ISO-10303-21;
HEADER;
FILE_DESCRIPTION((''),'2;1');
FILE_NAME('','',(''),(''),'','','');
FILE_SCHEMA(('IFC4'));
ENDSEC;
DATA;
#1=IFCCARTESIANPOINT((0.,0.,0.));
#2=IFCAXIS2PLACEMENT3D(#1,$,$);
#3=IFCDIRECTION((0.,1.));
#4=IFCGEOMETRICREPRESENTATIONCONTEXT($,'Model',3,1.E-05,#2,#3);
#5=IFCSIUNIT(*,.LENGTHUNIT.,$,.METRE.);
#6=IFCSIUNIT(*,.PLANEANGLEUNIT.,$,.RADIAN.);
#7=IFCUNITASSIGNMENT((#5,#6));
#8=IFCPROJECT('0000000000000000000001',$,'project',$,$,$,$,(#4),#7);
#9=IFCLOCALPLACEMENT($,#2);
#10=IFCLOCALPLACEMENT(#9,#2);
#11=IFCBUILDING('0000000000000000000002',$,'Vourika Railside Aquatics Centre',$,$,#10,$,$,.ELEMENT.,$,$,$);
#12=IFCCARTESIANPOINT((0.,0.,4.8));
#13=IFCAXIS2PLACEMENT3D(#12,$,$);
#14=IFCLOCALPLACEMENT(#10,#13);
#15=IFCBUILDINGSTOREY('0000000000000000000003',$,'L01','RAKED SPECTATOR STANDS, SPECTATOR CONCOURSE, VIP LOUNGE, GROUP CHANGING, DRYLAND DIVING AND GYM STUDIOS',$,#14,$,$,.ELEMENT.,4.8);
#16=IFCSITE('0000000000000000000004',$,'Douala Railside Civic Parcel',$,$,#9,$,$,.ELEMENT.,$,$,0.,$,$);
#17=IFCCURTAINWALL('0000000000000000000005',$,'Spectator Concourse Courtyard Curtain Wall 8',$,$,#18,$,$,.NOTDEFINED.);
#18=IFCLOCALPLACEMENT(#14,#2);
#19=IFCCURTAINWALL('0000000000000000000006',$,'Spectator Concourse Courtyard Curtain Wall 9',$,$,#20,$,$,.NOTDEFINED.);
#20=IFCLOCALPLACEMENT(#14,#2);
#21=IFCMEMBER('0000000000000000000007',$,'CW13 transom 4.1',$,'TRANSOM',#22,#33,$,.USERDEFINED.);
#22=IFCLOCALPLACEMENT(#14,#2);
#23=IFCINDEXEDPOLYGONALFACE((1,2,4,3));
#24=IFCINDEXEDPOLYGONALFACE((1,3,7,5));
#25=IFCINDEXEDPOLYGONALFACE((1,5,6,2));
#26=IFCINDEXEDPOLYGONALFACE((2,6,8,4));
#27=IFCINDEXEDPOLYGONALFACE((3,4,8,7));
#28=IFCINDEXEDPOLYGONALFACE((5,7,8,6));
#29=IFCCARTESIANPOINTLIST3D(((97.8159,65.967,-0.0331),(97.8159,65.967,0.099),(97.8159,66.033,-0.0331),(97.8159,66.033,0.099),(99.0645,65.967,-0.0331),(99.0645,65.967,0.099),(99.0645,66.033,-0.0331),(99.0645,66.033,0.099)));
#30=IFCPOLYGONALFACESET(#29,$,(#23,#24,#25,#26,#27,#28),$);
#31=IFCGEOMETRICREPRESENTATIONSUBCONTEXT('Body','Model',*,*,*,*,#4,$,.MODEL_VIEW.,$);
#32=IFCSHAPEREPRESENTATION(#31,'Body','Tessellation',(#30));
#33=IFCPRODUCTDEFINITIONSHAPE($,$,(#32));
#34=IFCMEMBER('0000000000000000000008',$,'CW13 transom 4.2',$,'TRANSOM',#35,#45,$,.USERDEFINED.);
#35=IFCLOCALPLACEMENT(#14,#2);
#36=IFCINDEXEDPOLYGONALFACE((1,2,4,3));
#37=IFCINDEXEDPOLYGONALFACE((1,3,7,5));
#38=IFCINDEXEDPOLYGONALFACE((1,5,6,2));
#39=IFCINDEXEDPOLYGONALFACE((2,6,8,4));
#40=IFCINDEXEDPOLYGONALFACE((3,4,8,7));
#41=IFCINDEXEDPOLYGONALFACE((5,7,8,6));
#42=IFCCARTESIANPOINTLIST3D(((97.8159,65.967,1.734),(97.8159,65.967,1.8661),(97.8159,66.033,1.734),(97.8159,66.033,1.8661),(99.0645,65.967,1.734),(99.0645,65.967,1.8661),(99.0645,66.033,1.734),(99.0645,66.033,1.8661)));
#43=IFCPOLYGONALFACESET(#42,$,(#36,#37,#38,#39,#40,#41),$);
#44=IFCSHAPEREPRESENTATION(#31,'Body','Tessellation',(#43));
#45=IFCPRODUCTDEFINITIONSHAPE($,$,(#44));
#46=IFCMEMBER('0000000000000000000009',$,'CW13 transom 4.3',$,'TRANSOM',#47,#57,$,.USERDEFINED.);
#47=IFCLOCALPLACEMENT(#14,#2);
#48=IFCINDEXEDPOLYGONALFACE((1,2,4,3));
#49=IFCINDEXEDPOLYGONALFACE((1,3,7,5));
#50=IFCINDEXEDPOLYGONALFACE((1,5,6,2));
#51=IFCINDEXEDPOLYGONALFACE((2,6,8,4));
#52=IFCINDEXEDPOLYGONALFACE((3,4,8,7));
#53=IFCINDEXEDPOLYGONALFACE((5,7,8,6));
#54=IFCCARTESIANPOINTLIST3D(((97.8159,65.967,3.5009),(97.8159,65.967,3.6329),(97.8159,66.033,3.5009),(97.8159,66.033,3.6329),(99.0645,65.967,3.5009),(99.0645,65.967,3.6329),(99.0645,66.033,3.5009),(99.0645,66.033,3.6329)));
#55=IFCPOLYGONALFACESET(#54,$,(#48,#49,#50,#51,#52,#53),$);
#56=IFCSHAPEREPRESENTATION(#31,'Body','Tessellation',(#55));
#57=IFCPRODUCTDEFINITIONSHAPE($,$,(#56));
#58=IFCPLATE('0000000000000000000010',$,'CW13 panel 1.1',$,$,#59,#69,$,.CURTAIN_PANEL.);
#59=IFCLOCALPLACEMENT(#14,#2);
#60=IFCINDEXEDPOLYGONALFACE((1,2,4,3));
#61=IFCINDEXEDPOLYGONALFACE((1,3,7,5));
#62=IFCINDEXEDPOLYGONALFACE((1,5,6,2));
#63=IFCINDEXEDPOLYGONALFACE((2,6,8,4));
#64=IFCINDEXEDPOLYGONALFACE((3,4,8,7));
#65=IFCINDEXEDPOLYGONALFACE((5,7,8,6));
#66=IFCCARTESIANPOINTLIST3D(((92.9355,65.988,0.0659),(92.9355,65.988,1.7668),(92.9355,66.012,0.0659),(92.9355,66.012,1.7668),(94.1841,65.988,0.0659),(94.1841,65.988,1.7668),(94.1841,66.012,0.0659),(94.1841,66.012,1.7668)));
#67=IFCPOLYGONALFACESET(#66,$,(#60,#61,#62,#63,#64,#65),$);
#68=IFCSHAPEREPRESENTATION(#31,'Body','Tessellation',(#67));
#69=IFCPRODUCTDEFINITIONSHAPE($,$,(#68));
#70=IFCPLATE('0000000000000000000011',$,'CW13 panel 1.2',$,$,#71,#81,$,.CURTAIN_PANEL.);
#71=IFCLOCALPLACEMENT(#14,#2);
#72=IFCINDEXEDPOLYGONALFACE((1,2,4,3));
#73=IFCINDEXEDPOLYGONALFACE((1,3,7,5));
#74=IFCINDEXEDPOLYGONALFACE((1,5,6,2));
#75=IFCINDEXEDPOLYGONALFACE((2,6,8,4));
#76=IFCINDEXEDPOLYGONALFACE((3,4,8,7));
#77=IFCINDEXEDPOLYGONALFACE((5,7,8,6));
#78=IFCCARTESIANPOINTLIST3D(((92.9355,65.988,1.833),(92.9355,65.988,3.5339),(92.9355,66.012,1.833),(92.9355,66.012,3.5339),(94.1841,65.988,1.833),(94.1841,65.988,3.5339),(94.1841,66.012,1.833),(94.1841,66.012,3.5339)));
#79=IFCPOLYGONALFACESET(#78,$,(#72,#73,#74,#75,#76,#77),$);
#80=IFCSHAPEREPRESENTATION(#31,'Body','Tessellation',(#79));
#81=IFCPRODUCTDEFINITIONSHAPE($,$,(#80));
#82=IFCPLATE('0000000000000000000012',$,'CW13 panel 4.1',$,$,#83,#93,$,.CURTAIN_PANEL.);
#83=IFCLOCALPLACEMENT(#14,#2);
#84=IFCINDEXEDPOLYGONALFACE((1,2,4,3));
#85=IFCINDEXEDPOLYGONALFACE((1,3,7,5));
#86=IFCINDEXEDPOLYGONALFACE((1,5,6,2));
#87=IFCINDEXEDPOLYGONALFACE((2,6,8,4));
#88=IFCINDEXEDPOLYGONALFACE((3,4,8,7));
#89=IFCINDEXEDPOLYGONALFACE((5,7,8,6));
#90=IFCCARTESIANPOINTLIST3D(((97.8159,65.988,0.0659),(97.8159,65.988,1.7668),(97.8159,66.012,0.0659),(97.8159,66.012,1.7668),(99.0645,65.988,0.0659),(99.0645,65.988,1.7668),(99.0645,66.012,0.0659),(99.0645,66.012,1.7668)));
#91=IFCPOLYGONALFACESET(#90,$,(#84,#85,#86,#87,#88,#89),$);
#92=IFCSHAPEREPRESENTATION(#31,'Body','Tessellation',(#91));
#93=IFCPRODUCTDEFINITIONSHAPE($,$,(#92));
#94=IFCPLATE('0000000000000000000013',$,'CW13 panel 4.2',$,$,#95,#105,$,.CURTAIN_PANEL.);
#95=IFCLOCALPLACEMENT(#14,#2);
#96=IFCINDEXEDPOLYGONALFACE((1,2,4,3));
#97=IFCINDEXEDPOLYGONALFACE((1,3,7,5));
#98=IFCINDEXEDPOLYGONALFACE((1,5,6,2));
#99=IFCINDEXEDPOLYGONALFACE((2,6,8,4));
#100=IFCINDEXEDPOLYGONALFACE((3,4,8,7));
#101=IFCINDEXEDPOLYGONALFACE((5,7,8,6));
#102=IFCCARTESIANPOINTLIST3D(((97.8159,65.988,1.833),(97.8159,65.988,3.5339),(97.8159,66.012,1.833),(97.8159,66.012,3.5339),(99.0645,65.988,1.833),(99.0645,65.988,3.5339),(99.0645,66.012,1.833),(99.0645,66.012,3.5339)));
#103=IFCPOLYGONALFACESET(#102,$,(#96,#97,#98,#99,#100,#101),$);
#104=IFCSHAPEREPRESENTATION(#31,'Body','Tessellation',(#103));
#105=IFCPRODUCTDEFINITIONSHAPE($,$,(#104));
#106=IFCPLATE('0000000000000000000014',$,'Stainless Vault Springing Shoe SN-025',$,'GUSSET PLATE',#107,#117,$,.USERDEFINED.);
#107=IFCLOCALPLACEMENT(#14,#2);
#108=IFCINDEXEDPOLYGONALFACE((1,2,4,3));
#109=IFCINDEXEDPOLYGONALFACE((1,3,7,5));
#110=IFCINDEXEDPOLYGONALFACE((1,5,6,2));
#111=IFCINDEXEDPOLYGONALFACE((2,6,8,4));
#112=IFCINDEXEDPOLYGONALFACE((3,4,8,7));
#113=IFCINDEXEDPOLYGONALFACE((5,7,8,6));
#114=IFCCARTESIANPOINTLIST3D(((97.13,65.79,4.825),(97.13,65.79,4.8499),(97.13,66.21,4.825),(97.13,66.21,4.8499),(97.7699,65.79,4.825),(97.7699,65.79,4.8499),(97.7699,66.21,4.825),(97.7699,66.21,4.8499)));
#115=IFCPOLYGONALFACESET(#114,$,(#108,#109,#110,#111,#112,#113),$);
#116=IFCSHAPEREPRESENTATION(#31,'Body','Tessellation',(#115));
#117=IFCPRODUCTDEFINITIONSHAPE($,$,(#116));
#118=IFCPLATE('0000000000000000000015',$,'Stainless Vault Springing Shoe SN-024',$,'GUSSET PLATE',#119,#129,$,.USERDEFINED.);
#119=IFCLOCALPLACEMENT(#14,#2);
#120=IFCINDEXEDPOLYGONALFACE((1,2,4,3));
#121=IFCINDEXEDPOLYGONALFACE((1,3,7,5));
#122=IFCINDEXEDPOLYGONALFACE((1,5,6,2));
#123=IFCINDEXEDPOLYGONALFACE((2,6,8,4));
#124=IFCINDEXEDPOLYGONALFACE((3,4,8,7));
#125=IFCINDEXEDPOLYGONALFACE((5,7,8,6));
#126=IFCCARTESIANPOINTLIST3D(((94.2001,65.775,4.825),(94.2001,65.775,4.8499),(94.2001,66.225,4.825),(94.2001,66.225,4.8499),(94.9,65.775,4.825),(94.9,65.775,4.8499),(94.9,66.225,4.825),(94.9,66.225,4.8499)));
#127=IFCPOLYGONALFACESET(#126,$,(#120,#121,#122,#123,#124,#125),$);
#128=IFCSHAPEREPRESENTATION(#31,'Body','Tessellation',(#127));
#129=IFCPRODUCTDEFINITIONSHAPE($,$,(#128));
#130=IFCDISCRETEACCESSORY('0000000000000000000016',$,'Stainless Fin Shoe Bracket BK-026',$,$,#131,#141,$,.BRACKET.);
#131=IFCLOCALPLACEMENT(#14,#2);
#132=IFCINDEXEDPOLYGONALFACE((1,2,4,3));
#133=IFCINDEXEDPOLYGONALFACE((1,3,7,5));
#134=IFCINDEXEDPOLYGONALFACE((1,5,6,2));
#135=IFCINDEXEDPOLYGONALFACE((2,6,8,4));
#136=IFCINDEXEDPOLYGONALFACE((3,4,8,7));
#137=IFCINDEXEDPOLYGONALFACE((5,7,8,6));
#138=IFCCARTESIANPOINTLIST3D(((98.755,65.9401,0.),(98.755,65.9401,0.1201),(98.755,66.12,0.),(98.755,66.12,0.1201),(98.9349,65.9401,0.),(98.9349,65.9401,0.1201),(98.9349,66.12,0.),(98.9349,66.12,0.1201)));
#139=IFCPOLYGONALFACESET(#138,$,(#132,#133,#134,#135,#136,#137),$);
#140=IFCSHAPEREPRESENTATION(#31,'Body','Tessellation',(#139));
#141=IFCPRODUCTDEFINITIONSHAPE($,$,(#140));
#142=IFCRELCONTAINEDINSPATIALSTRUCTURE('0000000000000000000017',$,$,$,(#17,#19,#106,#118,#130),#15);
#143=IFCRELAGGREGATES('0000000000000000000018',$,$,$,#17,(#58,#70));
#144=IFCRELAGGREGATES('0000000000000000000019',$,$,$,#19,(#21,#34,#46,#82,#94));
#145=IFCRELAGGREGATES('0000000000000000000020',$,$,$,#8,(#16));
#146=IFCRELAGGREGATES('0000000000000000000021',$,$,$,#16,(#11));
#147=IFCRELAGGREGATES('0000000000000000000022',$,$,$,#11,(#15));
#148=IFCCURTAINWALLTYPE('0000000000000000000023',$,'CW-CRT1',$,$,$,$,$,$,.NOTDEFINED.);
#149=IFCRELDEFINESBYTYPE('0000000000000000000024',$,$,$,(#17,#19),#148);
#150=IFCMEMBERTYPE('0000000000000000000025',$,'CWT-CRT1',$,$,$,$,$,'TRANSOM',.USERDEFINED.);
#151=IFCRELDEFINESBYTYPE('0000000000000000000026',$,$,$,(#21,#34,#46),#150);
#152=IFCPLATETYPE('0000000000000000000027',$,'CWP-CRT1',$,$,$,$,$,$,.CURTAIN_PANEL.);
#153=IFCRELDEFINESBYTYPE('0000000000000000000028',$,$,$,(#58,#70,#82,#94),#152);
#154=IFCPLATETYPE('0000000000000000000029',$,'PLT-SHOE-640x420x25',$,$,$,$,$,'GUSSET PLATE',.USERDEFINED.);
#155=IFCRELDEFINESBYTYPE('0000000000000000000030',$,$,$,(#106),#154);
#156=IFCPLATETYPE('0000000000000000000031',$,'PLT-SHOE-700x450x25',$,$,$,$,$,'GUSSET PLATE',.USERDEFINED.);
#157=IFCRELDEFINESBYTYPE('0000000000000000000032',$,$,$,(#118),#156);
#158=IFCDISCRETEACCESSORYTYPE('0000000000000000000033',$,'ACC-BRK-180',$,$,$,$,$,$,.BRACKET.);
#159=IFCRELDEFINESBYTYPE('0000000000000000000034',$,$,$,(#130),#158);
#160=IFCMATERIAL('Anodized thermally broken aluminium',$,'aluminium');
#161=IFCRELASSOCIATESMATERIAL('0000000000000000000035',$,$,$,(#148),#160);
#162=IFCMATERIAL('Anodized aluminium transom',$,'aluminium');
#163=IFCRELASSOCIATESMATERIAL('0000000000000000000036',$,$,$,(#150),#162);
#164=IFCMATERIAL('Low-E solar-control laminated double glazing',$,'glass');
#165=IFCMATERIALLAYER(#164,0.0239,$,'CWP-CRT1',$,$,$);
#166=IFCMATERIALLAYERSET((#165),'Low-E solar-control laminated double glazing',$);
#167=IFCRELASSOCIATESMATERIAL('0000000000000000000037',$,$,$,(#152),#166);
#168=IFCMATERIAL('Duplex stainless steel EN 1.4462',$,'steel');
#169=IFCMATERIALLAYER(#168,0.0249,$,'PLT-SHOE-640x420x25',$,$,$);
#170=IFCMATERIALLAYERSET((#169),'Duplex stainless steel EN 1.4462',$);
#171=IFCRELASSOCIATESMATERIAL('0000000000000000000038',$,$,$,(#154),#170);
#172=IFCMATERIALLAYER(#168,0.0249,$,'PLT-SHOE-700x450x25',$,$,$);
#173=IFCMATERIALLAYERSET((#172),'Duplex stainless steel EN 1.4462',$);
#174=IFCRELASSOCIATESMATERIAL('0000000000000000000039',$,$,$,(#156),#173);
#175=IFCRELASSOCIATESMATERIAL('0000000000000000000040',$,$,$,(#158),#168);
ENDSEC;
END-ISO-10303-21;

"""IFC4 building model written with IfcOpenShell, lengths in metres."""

from ifc_helpers import new_model, si_unit, direction, frame, origin, origin_2d, place, context, subcontext, project, spatial, rectangle, extrude, material, layer, layer_set, material_profile, profile_set, type_object, element, aggregate, save


model = new_model("IFC4")

# Units and contexts
model_context = context("Model", 3, precision=1e-05, world=origin(), true_north=direction((0.0, 1.0)))
body_context = subcontext(model_context, "Body", "Model", "MODEL_VIEW")
ifc_project = project(units=[si_unit("LENGTHUNIT", "METRE"), si_unit("PLANEANGLEUNIT", "RADIAN")], contexts=[model_context])

# Site, building, storey
site_placement = place(None, origin())
site = spatial("IfcSite", under=ifc_project, at=site_placement, Name="Douala Railside Civic Parcel", CompositionType="ELEMENT", RefElevation=0.0)
building_placement = place(site_placement, origin())
building = spatial("IfcBuilding", under=site, at=building_placement, Name="Vourika Railside Aquatics Centre", CompositionType="ELEMENT")
storey_placement = place(building_placement, frame((0.0, 0.0, 4.8)))
storey = spatial("IfcBuildingStorey", under=building, at=storey_placement, Name="L01", Description="RAKED SPECTATOR STANDS, SPECTATOR CONCOURSE, VIP LOUNGE, GROUP CHANGING, DRYLAND DIVING AND GYM STUDIOS", CompositionType="ELEMENT", Elevation=4.8)

# Curtain walls
ifc_material_1 = material(Name="Anodized thermally broken aluminium", Category="aluminium")
curtain_wall_type = type_object("IfcCurtainWallType", Name="CW-CRT1", PredefinedType="NOTDEFINED", material=ifc_material_1)
curtain_wall_1_placement = place(storey_placement, origin())
curtain_wall_1 = element("IfcCurtainWall", 1, at=curtain_wall_1_placement, inside=storey, type_object=curtain_wall_type, Name="Spectator Concourse Courtyard Curtain Wall 8", PredefinedType="NOTDEFINED")
curtain_wall_2_placement = place(storey_placement, origin())
curtain_wall_2 = element("IfcCurtainWall", 2, at=curtain_wall_2_placement, inside=storey, type_object=curtain_wall_type, Name="Spectator Concourse Courtyard Curtain Wall 9", PredefinedType="NOTDEFINED")

# Members
ifc_material_2 = material(Name="Anodized aluminium transom", Category="aluminium")
ifc_material_profile_1 = material_profile(ifc_material_2, rectangle(XDim=0.0659, YDim=0.1321, at=origin_2d()), Name="ALU-T 66x132")
ifc_profile_set_1 = profile_set([ifc_material_profile_1], Name="Anodized aluminium transom")
member_type_1 = type_object("IfcMemberType", Name="CWT-CRT1", ElementType="TRANSOM", PredefinedType="USERDEFINED", material=ifc_profile_set_1)
member_1_placement = place(storey_placement, frame((99.0645, 66.0, 0.033), z_axis=(-1.0, 0.0, 0.0), x_axis=(0.0, -1.0, 0.0)))
member_1 = element("IfcMember", 3, at=member_1_placement, type_object=member_type_1, Name="CW13 transom 4.1", ObjectType="TRANSOM", PredefinedType="USERDEFINED", context=body_context, shape_type="SweptSolid", body=[
    extrude(rectangle(XDim=0.0659, YDim=0.1321, at=origin_2d()), origin(), (0.0, 0.0, 1.0), 1.2485),
])
member_2_placement = place(storey_placement, frame((99.0645, 66.0, 1.8), z_axis=(-1.0, 0.0, 0.0), x_axis=(0.0, -1.0, 0.0)))
member_2 = element("IfcMember", 4, at=member_2_placement, type_object=member_type_1, Name="CW13 transom 4.2", ObjectType="TRANSOM", PredefinedType="USERDEFINED", context=body_context, shape_type="SweptSolid", body=[
    extrude(rectangle(XDim=0.0659, YDim=0.1321, at=origin_2d()), origin(), (0.0, 0.0, 1.0), 1.2485),
])
member_3_placement = place(storey_placement, frame((99.0645, 66.0, 3.5669), z_axis=(-1.0, 0.0, 0.0), x_axis=(0.0, -1.0, 0.0)))
member_3 = element("IfcMember", 5, at=member_3_placement, type_object=member_type_1, Name="CW13 transom 4.3", ObjectType="TRANSOM", PredefinedType="USERDEFINED", context=body_context, shape_type="SweptSolid", body=[
    extrude(rectangle(XDim=0.0659, YDim=0.1321, at=origin_2d()), origin(), (0.0, 0.0, 1.0), 1.2485),
])

# Plates
ifc_material_3 = material(Name="Low-E solar-control laminated double glazing", Category="glass")
ifc_layer_1 = layer(ifc_material_3, 0.0239, Name="CWP-CRT1")
ifc_layer_set_1 = layer_set([ifc_layer_1], Name="Low-E solar-control laminated double glazing")
plate_type_1 = type_object("IfcPlateType", Name="CWP-CRT1", PredefinedType="CURTAIN_PANEL", material=ifc_layer_set_1)
plate_1_placement = place(storey_placement, frame((93.5598, 66.0, 0.0659), z_axis=(0.0, 0.0, 1.0), x_axis=(-1.0, 0.0, 0.0)))
plate_1 = element("IfcPlate", 6, at=plate_1_placement, type_object=plate_type_1, Name="CW13 panel 1.1", PredefinedType="CURTAIN_PANEL", context=body_context, shape_type="SweptSolid", body=[
    extrude(rectangle(XDim=1.2485, YDim=0.0239, at=origin_2d()), origin(), (0.0, 0.0, 1.0), 1.7009),
])
plate_2_placement = place(storey_placement, frame((93.5598, 66.0, 1.833), z_axis=(0.0, 0.0, 1.0), x_axis=(-1.0, 0.0, 0.0)))
plate_2 = element("IfcPlate", 7, at=plate_2_placement, type_object=plate_type_1, Name="CW13 panel 1.2", PredefinedType="CURTAIN_PANEL", context=body_context, shape_type="SweptSolid", body=[
    extrude(rectangle(XDim=1.2485, YDim=0.0239, at=origin_2d()), origin(), (0.0, 0.0, 1.0), 1.7009),
])
aggregate(curtain_wall_1, [plate_1, plate_2])
plate_3_placement = place(storey_placement, frame((98.4402, 66.0, 0.0659), z_axis=(0.0, 0.0, 1.0), x_axis=(-1.0, 0.0, 0.0)))
plate_3 = element("IfcPlate", 8, at=plate_3_placement, type_object=plate_type_1, Name="CW13 panel 4.1", PredefinedType="CURTAIN_PANEL", context=body_context, shape_type="SweptSolid", body=[
    extrude(rectangle(XDim=1.2485, YDim=0.0239, at=origin_2d()), origin(), (0.0, 0.0, 1.0), 1.7009),
])
plate_4_placement = place(storey_placement, frame((98.4402, 66.0, 1.833), z_axis=(0.0, 0.0, 1.0), x_axis=(-1.0, 0.0, 0.0)))
plate_4 = element("IfcPlate", 9, at=plate_4_placement, type_object=plate_type_1, Name="CW13 panel 4.2", PredefinedType="CURTAIN_PANEL", context=body_context, shape_type="SweptSolid", body=[
    extrude(rectangle(XDim=1.2485, YDim=0.0239, at=origin_2d()), origin(), (0.0, 0.0, 1.0), 1.7009),
])
aggregate(curtain_wall_2, [member_1, member_2, member_3, plate_3, plate_4])

# Plates
ifc_material_4 = material(Name="Duplex stainless steel EN 1.4462", Category="steel")
ifc_layer_2 = layer(ifc_material_4, 0.0249, Name="PLT-SHOE-640x420x25")
ifc_layer_set_2 = layer_set([ifc_layer_2], Name="Duplex stainless steel EN 1.4462")
plate_type_2 = type_object("IfcPlateType", Name="PLT-SHOE-640x420x25", ElementType="GUSSET PLATE", PredefinedType="USERDEFINED", material=ifc_layer_set_2)
plate_5_placement = place(storey_placement, frame((97.45, 66.0, 4.825), z_axis=(0.0, 0.0, 1.0), x_axis=(1.0, 0.0, 0.0)))
element("IfcPlate", 10, at=plate_5_placement, inside=storey, type_object=plate_type_2, Name="Stainless Vault Springing Shoe SN-025", ObjectType="GUSSET PLATE", PredefinedType="USERDEFINED", context=body_context, shape_type="SweptSolid", body=[
    extrude(rectangle(XDim=0.6399, YDim=0.4199, at=origin_2d()), origin(), (0.0, 0.0, 1.0), 0.0249),
])
ifc_layer_3 = layer(ifc_material_4, 0.0249, Name="PLT-SHOE-700x450x25")
ifc_layer_set_3 = layer_set([ifc_layer_3], Name="Duplex stainless steel EN 1.4462")
plate_type_3 = type_object("IfcPlateType", Name="PLT-SHOE-700x450x25", ElementType="GUSSET PLATE", PredefinedType="USERDEFINED", material=ifc_layer_set_3)
plate_6_placement = place(storey_placement, frame((94.55, 66.0, 4.825), z_axis=(0.0, 0.0, 1.0), x_axis=(1.0, 0.0, 0.0)))
element("IfcPlate", 11, at=plate_6_placement, inside=storey, type_object=plate_type_3, Name="Stainless Vault Springing Shoe SN-024", ObjectType="GUSSET PLATE", PredefinedType="USERDEFINED", context=body_context, shape_type="SweptSolid", body=[
    extrude(rectangle(XDim=0.7, YDim=0.45, at=origin_2d()), origin(), (0.0, 0.0, 1.0), 0.0249),
])

# Discrete accessory
discrete_accessory_type = type_object("IfcDiscreteAccessoryType", Name="ACC-BRK-180", PredefinedType="BRACKET", material=ifc_material_4)
discrete_accessory_placement = place(storey_placement, frame((98.845, 66.03, 0.0), z_axis=(0.0, 0.0, 1.0), x_axis=(0.0, 1.0, 0.0)))
element("IfcDiscreteAccessory", 12, at=discrete_accessory_placement, inside=storey, type_object=discrete_accessory_type, Name="Stainless Fin Shoe Bracket BK-026", PredefinedType="BRACKET", context=body_context, shape_type="SweptSolid", body=[
    extrude(rectangle(XDim=0.1799, YDim=0.1799, at=origin_2d()), origin(), (0.0, 0.0, 1.0), 0.1201),
])

save(model, "model.ifc")
